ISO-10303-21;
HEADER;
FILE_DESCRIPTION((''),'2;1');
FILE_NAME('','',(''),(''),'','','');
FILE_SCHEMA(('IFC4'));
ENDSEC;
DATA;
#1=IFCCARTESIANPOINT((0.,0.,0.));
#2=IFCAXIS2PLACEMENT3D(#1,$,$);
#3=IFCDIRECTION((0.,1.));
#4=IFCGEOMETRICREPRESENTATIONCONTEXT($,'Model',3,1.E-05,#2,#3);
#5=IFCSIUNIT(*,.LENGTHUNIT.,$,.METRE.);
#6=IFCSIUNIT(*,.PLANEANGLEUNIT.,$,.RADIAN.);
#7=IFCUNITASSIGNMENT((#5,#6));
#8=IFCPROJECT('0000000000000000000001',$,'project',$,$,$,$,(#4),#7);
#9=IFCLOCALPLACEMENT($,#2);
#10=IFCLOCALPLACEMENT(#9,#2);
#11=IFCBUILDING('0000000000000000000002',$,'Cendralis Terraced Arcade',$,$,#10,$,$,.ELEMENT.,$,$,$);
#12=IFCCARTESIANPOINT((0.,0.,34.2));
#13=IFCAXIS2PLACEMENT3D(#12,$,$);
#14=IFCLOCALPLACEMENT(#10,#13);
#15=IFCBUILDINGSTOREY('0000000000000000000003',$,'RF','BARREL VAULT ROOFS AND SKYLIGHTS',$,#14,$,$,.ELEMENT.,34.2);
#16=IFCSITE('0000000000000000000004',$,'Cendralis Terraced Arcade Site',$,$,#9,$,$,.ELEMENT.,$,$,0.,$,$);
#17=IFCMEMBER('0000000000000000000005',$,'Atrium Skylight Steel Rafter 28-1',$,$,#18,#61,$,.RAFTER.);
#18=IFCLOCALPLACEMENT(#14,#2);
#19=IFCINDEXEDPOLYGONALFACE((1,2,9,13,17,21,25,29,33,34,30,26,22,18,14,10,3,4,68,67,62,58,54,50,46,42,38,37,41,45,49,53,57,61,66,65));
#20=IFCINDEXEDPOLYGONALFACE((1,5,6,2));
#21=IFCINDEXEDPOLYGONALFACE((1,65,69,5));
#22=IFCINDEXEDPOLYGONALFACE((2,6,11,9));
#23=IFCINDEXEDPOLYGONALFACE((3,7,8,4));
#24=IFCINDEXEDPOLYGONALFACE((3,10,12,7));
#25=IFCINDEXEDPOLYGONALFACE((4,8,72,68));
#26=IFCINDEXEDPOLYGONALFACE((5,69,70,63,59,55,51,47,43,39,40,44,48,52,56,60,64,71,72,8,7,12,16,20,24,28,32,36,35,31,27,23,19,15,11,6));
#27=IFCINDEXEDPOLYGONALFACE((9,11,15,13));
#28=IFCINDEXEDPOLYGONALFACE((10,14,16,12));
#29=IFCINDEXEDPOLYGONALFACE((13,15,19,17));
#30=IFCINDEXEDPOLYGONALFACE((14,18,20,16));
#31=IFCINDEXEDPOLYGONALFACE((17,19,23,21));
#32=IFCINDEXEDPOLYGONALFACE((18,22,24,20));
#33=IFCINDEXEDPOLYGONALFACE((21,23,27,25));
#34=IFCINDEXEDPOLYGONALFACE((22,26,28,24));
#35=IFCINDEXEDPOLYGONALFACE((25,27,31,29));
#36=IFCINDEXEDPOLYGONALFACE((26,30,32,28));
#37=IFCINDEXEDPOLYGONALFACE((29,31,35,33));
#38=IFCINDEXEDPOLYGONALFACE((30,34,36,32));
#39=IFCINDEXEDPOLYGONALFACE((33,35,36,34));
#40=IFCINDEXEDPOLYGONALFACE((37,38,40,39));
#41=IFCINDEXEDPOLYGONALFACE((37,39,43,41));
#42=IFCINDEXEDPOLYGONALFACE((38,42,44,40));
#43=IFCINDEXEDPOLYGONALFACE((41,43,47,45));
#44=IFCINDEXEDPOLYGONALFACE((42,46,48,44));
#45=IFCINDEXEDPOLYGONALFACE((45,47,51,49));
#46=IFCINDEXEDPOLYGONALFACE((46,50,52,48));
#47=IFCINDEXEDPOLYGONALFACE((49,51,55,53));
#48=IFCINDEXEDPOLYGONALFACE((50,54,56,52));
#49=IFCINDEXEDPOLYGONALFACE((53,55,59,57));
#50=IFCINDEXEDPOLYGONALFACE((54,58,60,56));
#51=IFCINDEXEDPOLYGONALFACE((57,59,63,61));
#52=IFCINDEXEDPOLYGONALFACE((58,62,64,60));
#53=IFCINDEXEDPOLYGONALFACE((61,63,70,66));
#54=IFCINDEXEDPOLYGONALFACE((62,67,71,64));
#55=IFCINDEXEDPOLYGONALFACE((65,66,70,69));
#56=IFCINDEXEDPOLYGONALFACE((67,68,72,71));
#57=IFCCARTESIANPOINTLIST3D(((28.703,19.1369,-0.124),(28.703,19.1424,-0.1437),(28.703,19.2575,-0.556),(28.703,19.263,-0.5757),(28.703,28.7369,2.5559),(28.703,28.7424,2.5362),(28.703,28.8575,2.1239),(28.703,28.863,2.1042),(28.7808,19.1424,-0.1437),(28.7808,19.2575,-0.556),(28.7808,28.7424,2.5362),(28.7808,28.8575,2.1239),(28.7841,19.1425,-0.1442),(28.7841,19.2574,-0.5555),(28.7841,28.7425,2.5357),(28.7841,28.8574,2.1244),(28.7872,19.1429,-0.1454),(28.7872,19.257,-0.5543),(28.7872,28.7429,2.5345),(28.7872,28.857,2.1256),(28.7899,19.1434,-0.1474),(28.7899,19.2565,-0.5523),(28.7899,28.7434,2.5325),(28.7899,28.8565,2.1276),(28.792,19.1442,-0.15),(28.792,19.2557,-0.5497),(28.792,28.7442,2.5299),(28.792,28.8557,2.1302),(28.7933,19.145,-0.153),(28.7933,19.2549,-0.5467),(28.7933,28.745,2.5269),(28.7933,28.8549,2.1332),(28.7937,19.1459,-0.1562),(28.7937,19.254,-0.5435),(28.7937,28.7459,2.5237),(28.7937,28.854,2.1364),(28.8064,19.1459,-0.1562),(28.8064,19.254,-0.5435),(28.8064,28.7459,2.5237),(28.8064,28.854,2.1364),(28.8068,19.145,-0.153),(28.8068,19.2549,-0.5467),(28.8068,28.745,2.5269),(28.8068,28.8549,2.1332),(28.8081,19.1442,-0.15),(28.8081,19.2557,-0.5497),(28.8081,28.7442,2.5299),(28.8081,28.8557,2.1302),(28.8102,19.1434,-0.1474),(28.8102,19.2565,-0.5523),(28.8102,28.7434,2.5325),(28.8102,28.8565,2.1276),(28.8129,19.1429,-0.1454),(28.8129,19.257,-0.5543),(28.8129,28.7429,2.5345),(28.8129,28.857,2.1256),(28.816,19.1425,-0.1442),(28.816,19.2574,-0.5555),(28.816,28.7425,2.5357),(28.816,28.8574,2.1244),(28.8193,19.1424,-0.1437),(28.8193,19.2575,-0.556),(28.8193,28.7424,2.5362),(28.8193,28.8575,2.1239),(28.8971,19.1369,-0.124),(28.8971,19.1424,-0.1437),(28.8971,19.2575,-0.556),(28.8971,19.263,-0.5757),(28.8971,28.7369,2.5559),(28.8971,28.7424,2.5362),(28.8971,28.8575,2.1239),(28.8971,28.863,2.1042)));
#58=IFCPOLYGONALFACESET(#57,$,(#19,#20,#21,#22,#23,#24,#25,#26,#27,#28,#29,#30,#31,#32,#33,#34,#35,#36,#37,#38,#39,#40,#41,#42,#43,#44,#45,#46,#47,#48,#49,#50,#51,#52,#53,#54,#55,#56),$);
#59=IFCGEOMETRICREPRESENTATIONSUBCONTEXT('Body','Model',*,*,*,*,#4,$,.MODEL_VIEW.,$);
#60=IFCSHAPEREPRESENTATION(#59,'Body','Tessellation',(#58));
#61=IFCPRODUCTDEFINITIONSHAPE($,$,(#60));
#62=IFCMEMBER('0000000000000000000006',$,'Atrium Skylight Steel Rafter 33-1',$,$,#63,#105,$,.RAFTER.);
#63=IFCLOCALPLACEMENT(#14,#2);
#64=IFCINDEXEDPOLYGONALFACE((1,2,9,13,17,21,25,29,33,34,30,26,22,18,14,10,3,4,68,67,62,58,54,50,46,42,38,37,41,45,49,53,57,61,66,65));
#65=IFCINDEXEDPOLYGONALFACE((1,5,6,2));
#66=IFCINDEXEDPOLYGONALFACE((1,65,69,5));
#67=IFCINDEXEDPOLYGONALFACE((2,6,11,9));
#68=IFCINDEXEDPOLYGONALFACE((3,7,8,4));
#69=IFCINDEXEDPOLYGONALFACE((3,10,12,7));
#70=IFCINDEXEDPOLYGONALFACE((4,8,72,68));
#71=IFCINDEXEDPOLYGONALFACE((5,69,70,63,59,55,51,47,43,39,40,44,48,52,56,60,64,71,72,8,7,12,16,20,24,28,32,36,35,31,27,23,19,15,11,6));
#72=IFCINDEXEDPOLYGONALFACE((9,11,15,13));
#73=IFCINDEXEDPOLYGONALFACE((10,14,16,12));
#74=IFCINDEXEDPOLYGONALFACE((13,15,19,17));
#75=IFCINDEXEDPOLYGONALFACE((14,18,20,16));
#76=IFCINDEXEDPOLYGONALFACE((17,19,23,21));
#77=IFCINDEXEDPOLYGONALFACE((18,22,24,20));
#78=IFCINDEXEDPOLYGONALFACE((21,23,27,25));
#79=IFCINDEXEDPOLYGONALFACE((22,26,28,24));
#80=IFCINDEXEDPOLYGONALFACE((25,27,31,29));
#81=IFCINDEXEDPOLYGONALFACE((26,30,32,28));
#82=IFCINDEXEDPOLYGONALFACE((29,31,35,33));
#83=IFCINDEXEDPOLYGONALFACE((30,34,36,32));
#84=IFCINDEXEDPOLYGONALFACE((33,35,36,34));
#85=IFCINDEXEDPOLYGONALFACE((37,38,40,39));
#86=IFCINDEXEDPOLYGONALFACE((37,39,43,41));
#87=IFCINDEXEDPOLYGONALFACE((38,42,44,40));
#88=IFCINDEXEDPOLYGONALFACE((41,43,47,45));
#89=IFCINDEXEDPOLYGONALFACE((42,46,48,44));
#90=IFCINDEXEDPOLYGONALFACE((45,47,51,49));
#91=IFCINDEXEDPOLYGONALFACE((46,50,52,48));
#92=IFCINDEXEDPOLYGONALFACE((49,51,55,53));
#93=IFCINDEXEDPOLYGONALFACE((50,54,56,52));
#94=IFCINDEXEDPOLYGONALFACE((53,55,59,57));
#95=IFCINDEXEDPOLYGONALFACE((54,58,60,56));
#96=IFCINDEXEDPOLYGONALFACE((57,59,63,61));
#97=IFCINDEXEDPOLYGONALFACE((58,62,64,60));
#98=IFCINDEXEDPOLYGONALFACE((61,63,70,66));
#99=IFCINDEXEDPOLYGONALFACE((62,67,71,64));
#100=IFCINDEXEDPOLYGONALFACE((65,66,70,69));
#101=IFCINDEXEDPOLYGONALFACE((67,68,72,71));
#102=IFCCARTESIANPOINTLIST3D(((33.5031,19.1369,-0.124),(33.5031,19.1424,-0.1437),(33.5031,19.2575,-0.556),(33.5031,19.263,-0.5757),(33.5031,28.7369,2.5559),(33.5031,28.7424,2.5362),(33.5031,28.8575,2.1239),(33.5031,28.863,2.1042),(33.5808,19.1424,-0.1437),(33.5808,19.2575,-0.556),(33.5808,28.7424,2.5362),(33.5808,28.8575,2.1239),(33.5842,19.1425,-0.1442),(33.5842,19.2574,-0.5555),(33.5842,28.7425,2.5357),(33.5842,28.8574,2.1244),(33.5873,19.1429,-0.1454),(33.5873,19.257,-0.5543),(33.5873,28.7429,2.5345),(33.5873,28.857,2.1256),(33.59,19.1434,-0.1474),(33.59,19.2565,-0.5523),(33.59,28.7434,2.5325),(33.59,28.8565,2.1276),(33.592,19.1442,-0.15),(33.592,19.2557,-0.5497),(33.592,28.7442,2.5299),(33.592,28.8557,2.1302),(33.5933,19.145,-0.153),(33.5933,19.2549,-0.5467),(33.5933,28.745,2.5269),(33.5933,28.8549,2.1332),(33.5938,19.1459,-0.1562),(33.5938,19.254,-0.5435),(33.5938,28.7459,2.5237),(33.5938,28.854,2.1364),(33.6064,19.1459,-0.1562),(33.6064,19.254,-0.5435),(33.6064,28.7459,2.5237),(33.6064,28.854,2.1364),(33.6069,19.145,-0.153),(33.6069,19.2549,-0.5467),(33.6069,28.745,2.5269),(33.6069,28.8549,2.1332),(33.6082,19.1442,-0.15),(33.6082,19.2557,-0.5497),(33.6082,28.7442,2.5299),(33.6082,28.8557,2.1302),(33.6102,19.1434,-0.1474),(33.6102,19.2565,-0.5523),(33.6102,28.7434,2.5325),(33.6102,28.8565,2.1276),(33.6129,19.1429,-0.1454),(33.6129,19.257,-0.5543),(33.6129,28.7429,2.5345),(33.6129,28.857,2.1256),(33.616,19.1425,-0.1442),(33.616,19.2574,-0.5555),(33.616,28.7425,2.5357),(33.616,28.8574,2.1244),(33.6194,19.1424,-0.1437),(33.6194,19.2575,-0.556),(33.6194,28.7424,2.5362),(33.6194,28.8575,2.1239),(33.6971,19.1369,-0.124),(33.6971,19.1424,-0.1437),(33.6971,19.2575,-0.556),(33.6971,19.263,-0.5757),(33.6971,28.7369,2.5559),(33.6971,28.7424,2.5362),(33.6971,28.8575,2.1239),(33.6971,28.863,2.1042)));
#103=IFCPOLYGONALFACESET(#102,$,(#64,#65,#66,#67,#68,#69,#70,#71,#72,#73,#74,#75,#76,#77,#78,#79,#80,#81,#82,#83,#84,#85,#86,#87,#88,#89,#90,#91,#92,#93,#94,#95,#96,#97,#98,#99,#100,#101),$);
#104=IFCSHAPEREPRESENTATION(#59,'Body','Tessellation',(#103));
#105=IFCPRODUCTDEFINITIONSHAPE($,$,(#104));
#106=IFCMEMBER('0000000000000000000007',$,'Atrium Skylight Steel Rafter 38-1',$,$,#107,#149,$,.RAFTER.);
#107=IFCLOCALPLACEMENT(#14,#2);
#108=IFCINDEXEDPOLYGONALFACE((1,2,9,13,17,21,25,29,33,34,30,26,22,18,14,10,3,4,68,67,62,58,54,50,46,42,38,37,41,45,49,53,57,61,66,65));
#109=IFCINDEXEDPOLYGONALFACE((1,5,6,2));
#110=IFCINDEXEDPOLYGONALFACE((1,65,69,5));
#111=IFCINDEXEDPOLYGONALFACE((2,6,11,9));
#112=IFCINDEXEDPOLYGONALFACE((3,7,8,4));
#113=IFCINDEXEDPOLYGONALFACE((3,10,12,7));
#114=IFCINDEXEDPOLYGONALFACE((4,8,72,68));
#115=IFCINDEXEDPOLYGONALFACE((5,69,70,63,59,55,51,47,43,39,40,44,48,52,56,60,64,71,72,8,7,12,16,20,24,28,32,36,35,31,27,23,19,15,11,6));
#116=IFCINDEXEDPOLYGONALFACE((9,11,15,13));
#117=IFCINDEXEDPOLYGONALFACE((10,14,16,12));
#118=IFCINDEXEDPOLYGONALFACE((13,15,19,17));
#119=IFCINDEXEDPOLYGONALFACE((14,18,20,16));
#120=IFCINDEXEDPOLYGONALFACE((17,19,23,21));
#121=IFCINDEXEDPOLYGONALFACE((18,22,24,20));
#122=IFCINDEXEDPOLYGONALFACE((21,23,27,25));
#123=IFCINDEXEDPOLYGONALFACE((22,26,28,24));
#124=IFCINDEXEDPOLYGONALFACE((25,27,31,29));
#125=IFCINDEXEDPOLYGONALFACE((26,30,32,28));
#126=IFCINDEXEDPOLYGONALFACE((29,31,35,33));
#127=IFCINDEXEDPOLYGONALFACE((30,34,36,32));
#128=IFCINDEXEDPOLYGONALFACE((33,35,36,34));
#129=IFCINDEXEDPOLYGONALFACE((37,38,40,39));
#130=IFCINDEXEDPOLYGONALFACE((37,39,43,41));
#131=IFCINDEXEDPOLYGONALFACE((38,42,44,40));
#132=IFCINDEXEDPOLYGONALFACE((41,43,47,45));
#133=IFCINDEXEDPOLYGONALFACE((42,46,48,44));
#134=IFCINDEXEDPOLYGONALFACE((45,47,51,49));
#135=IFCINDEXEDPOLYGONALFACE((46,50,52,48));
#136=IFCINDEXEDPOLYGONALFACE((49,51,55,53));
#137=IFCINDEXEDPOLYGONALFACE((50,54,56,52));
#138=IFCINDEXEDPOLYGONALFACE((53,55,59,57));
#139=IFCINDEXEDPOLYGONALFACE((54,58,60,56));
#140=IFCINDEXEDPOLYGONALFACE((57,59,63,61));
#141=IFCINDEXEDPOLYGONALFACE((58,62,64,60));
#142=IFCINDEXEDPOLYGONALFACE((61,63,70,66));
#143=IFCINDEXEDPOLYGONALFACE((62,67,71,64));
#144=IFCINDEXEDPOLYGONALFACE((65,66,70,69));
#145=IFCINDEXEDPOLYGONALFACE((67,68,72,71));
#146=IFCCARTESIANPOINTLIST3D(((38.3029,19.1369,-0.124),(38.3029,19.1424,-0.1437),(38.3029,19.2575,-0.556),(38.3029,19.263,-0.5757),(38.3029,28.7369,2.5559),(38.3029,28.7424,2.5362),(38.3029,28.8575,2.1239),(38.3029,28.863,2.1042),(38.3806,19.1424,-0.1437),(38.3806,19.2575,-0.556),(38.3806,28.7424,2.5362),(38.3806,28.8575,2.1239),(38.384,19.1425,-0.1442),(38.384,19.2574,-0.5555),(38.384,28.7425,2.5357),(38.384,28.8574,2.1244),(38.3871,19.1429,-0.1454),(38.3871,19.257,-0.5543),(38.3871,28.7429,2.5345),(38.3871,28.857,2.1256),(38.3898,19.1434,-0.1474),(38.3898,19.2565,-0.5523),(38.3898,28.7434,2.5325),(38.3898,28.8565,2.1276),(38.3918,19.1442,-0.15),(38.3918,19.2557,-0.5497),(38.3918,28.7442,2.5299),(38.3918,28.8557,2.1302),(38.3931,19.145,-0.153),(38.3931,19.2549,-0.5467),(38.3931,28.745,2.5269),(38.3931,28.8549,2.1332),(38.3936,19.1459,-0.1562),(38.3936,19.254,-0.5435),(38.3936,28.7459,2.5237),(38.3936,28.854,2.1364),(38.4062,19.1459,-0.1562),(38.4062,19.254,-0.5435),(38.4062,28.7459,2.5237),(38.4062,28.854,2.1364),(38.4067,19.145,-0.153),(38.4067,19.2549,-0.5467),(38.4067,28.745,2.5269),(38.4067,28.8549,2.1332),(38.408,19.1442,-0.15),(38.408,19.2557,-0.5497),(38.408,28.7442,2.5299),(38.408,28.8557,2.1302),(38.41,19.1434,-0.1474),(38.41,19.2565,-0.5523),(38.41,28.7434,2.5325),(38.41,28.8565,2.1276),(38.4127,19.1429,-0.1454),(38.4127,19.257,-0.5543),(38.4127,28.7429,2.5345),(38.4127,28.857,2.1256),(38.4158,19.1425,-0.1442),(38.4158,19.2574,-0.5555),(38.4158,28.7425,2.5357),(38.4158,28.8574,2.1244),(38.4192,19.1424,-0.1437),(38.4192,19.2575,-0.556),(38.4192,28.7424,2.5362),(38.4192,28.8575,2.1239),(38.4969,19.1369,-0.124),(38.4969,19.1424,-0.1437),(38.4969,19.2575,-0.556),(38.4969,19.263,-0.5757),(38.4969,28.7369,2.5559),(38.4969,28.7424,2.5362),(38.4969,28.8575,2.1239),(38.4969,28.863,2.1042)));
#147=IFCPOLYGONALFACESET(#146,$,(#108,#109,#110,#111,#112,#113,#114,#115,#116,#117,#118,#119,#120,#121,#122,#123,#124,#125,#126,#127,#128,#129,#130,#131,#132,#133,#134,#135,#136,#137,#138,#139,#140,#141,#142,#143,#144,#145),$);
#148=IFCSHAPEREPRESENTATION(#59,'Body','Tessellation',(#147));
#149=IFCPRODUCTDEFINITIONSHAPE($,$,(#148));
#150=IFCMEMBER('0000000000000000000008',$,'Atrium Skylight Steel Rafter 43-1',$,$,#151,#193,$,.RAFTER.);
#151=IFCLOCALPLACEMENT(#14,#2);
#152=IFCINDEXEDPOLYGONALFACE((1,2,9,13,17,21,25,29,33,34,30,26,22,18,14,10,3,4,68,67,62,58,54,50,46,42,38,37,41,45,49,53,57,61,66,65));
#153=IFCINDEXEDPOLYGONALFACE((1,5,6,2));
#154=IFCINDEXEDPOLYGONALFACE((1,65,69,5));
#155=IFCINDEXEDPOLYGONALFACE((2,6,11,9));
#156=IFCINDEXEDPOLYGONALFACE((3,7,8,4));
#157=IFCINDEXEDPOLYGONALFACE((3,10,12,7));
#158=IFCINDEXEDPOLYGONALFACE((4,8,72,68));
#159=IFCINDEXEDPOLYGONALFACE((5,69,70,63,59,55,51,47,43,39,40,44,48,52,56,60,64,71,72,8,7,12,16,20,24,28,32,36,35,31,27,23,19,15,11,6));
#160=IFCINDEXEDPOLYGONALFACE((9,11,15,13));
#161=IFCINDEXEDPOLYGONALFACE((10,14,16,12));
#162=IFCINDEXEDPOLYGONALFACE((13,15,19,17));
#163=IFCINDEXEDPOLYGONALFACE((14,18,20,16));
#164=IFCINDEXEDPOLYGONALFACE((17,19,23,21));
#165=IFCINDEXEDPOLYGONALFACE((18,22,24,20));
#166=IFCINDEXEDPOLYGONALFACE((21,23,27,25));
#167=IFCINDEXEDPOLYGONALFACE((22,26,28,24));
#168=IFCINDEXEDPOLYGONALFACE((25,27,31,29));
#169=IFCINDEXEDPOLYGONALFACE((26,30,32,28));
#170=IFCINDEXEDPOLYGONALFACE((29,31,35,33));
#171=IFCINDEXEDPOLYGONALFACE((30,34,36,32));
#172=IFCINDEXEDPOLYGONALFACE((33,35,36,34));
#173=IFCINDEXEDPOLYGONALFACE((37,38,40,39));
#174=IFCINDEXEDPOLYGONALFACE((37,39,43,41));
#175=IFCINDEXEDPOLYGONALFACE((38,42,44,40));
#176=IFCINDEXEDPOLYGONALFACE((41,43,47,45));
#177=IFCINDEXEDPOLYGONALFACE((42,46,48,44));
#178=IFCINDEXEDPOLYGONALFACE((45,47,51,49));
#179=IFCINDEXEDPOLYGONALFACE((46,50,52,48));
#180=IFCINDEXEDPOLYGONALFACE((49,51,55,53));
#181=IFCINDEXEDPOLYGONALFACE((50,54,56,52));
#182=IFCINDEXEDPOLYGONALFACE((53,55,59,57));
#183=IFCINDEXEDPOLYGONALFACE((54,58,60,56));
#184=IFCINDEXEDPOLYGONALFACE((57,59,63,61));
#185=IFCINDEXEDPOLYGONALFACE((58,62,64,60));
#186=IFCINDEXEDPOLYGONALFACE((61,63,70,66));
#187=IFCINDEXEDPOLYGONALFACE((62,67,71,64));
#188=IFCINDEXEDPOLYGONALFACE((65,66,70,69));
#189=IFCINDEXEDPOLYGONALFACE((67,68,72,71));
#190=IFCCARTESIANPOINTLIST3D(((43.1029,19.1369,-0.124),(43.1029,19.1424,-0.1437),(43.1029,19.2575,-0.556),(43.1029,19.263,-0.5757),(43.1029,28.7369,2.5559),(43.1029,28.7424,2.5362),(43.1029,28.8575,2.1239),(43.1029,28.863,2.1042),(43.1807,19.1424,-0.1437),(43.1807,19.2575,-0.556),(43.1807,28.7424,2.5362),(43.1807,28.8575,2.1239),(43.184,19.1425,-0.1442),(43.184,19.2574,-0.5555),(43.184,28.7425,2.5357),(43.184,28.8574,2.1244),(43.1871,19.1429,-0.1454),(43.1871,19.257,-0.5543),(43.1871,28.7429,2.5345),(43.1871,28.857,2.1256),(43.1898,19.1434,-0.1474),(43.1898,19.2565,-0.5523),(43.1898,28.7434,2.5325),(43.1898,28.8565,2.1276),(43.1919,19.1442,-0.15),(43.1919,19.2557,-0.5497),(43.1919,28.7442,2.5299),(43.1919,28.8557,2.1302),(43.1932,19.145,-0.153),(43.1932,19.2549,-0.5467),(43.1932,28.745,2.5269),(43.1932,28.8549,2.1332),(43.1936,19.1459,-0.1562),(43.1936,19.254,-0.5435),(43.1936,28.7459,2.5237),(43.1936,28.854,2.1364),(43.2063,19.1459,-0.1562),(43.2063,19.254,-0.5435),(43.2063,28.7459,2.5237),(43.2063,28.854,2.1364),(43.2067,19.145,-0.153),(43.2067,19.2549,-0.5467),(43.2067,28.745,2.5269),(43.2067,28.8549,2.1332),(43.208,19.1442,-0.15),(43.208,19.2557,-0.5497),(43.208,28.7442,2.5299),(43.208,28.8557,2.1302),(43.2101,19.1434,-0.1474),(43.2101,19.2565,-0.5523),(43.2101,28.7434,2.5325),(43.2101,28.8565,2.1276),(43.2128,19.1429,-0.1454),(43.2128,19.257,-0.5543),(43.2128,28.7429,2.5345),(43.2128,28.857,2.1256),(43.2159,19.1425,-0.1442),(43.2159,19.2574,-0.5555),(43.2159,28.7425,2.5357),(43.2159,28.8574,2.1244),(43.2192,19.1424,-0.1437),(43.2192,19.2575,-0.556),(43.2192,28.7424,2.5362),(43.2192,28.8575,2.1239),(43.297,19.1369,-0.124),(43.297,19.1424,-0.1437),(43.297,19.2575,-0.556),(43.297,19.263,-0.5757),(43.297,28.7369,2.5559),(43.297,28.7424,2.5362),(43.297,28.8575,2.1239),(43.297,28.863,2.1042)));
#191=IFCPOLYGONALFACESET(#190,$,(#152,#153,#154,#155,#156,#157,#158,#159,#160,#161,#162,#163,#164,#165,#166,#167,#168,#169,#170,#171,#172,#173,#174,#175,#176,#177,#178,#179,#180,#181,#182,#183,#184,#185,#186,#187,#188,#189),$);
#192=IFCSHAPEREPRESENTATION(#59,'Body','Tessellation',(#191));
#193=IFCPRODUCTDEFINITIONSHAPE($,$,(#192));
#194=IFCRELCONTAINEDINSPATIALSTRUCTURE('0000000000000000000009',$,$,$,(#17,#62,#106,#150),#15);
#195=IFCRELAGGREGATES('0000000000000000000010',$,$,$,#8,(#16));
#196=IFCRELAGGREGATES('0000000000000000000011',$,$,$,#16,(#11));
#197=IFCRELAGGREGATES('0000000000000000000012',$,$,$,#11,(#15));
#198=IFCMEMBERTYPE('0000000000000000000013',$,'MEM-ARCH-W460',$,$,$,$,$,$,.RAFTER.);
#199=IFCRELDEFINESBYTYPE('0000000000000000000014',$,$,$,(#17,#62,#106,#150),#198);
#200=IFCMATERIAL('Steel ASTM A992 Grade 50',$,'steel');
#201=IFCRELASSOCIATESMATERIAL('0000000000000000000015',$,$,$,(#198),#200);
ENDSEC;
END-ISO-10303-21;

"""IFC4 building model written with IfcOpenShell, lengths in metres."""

from ifc_helpers import new_model, si_unit, direction, frame, origin, origin_2d, place, context, subcontext, project, spatial, i_section, extrude, material, material_profile, profile_set, type_object, element, save


model = new_model("IFC4")

# Units and contexts
model_context = context("Model", 3, precision=1e-05, world=origin(), true_north=direction((0.0, 1.0)))
body_context = subcontext(model_context, "Body", "Model", "MODEL_VIEW")
ifc_project = project(units=[si_unit("LENGTHUNIT", "METRE"), si_unit("PLANEANGLEUNIT", "RADIAN")], contexts=[model_context])

# Site, building, storey
site_placement = place(None, origin())
site = spatial("IfcSite", under=ifc_project, at=site_placement, Name="Cendralis Terraced Arcade Site", CompositionType="ELEMENT", RefElevation=0.0)
building_placement = place(site_placement, origin())
building = spatial("IfcBuilding", under=site, at=building_placement, Name="Cendralis Terraced Arcade", CompositionType="ELEMENT")
storey_placement = place(building_placement, frame((0.0, 0.0, 34.2)))
storey = spatial("IfcBuildingStorey", under=building, at=storey_placement, Name="RF", Description="BARREL VAULT ROOFS AND SKYLIGHTS", CompositionType="ELEMENT", Elevation=34.2)

# Members
ifc_material_1 = material(Name="Steel ASTM A992 Grade 50", Category="steel")
ifc_material_profile_1 = material_profile(ifc_material_1, i_section(OverallWidth=0.1941, OverallDepth=0.469, WebThickness=0.0127, FlangeThickness=0.0205, FilletRadius=0.0129, at=origin_2d()), Name="W460X106", Category="LoadBearing")
ifc_profile_set_1 = profile_set([ifc_material_profile_1], Name="Steel ASTM A992 Grade 50")
member_type_1 = type_object("IfcMemberType", Name="MEM-ARCH-W460", PredefinedType="RAFTER", material=ifc_profile_set_1)
for number, where, z_axis, x_axis, name in (
    (1, (28.8, 19.2, -0.3499), (0.0, 0.963175, 0.268877), (-1.0, 0.0, 0.0), "Atrium Skylight Steel Rafter 28-1"),
    (2, (33.6001, 19.2, -0.3499), (0.0, 0.963175, 0.268877), (-1.0, 0.0, 0.0), "Atrium Skylight Steel Rafter 33-1"),
    (3, (38.3999, 19.2, -0.3499), (0.0, 0.963175, 0.268877), (-1.0, 0.0, 0.0), "Atrium Skylight Steel Rafter 38-1"),
    (4, (43.2, 19.2, -0.3499), (0.0, 0.963175, 0.268877), (-1.0, 0.0, 0.0), "Atrium Skylight Steel Rafter 43-1"),
):
    element("IfcMember", number, at=place(storey_placement, frame(where, z_axis=z_axis, x_axis=x_axis)), inside=storey, type_object=member_type_1, Name=name, PredefinedType="RAFTER", context=body_context, shape_type="SweptSolid", body=[
        extrude(i_section(OverallWidth=0.1941, OverallDepth=0.469, WebThickness=0.0127, FlangeThickness=0.0205, FilletRadius=0.0129, at=origin_2d()), origin(), (0.0, 0.0, 1.0), 9.967),
    ])

save(model, "model.ifc")
